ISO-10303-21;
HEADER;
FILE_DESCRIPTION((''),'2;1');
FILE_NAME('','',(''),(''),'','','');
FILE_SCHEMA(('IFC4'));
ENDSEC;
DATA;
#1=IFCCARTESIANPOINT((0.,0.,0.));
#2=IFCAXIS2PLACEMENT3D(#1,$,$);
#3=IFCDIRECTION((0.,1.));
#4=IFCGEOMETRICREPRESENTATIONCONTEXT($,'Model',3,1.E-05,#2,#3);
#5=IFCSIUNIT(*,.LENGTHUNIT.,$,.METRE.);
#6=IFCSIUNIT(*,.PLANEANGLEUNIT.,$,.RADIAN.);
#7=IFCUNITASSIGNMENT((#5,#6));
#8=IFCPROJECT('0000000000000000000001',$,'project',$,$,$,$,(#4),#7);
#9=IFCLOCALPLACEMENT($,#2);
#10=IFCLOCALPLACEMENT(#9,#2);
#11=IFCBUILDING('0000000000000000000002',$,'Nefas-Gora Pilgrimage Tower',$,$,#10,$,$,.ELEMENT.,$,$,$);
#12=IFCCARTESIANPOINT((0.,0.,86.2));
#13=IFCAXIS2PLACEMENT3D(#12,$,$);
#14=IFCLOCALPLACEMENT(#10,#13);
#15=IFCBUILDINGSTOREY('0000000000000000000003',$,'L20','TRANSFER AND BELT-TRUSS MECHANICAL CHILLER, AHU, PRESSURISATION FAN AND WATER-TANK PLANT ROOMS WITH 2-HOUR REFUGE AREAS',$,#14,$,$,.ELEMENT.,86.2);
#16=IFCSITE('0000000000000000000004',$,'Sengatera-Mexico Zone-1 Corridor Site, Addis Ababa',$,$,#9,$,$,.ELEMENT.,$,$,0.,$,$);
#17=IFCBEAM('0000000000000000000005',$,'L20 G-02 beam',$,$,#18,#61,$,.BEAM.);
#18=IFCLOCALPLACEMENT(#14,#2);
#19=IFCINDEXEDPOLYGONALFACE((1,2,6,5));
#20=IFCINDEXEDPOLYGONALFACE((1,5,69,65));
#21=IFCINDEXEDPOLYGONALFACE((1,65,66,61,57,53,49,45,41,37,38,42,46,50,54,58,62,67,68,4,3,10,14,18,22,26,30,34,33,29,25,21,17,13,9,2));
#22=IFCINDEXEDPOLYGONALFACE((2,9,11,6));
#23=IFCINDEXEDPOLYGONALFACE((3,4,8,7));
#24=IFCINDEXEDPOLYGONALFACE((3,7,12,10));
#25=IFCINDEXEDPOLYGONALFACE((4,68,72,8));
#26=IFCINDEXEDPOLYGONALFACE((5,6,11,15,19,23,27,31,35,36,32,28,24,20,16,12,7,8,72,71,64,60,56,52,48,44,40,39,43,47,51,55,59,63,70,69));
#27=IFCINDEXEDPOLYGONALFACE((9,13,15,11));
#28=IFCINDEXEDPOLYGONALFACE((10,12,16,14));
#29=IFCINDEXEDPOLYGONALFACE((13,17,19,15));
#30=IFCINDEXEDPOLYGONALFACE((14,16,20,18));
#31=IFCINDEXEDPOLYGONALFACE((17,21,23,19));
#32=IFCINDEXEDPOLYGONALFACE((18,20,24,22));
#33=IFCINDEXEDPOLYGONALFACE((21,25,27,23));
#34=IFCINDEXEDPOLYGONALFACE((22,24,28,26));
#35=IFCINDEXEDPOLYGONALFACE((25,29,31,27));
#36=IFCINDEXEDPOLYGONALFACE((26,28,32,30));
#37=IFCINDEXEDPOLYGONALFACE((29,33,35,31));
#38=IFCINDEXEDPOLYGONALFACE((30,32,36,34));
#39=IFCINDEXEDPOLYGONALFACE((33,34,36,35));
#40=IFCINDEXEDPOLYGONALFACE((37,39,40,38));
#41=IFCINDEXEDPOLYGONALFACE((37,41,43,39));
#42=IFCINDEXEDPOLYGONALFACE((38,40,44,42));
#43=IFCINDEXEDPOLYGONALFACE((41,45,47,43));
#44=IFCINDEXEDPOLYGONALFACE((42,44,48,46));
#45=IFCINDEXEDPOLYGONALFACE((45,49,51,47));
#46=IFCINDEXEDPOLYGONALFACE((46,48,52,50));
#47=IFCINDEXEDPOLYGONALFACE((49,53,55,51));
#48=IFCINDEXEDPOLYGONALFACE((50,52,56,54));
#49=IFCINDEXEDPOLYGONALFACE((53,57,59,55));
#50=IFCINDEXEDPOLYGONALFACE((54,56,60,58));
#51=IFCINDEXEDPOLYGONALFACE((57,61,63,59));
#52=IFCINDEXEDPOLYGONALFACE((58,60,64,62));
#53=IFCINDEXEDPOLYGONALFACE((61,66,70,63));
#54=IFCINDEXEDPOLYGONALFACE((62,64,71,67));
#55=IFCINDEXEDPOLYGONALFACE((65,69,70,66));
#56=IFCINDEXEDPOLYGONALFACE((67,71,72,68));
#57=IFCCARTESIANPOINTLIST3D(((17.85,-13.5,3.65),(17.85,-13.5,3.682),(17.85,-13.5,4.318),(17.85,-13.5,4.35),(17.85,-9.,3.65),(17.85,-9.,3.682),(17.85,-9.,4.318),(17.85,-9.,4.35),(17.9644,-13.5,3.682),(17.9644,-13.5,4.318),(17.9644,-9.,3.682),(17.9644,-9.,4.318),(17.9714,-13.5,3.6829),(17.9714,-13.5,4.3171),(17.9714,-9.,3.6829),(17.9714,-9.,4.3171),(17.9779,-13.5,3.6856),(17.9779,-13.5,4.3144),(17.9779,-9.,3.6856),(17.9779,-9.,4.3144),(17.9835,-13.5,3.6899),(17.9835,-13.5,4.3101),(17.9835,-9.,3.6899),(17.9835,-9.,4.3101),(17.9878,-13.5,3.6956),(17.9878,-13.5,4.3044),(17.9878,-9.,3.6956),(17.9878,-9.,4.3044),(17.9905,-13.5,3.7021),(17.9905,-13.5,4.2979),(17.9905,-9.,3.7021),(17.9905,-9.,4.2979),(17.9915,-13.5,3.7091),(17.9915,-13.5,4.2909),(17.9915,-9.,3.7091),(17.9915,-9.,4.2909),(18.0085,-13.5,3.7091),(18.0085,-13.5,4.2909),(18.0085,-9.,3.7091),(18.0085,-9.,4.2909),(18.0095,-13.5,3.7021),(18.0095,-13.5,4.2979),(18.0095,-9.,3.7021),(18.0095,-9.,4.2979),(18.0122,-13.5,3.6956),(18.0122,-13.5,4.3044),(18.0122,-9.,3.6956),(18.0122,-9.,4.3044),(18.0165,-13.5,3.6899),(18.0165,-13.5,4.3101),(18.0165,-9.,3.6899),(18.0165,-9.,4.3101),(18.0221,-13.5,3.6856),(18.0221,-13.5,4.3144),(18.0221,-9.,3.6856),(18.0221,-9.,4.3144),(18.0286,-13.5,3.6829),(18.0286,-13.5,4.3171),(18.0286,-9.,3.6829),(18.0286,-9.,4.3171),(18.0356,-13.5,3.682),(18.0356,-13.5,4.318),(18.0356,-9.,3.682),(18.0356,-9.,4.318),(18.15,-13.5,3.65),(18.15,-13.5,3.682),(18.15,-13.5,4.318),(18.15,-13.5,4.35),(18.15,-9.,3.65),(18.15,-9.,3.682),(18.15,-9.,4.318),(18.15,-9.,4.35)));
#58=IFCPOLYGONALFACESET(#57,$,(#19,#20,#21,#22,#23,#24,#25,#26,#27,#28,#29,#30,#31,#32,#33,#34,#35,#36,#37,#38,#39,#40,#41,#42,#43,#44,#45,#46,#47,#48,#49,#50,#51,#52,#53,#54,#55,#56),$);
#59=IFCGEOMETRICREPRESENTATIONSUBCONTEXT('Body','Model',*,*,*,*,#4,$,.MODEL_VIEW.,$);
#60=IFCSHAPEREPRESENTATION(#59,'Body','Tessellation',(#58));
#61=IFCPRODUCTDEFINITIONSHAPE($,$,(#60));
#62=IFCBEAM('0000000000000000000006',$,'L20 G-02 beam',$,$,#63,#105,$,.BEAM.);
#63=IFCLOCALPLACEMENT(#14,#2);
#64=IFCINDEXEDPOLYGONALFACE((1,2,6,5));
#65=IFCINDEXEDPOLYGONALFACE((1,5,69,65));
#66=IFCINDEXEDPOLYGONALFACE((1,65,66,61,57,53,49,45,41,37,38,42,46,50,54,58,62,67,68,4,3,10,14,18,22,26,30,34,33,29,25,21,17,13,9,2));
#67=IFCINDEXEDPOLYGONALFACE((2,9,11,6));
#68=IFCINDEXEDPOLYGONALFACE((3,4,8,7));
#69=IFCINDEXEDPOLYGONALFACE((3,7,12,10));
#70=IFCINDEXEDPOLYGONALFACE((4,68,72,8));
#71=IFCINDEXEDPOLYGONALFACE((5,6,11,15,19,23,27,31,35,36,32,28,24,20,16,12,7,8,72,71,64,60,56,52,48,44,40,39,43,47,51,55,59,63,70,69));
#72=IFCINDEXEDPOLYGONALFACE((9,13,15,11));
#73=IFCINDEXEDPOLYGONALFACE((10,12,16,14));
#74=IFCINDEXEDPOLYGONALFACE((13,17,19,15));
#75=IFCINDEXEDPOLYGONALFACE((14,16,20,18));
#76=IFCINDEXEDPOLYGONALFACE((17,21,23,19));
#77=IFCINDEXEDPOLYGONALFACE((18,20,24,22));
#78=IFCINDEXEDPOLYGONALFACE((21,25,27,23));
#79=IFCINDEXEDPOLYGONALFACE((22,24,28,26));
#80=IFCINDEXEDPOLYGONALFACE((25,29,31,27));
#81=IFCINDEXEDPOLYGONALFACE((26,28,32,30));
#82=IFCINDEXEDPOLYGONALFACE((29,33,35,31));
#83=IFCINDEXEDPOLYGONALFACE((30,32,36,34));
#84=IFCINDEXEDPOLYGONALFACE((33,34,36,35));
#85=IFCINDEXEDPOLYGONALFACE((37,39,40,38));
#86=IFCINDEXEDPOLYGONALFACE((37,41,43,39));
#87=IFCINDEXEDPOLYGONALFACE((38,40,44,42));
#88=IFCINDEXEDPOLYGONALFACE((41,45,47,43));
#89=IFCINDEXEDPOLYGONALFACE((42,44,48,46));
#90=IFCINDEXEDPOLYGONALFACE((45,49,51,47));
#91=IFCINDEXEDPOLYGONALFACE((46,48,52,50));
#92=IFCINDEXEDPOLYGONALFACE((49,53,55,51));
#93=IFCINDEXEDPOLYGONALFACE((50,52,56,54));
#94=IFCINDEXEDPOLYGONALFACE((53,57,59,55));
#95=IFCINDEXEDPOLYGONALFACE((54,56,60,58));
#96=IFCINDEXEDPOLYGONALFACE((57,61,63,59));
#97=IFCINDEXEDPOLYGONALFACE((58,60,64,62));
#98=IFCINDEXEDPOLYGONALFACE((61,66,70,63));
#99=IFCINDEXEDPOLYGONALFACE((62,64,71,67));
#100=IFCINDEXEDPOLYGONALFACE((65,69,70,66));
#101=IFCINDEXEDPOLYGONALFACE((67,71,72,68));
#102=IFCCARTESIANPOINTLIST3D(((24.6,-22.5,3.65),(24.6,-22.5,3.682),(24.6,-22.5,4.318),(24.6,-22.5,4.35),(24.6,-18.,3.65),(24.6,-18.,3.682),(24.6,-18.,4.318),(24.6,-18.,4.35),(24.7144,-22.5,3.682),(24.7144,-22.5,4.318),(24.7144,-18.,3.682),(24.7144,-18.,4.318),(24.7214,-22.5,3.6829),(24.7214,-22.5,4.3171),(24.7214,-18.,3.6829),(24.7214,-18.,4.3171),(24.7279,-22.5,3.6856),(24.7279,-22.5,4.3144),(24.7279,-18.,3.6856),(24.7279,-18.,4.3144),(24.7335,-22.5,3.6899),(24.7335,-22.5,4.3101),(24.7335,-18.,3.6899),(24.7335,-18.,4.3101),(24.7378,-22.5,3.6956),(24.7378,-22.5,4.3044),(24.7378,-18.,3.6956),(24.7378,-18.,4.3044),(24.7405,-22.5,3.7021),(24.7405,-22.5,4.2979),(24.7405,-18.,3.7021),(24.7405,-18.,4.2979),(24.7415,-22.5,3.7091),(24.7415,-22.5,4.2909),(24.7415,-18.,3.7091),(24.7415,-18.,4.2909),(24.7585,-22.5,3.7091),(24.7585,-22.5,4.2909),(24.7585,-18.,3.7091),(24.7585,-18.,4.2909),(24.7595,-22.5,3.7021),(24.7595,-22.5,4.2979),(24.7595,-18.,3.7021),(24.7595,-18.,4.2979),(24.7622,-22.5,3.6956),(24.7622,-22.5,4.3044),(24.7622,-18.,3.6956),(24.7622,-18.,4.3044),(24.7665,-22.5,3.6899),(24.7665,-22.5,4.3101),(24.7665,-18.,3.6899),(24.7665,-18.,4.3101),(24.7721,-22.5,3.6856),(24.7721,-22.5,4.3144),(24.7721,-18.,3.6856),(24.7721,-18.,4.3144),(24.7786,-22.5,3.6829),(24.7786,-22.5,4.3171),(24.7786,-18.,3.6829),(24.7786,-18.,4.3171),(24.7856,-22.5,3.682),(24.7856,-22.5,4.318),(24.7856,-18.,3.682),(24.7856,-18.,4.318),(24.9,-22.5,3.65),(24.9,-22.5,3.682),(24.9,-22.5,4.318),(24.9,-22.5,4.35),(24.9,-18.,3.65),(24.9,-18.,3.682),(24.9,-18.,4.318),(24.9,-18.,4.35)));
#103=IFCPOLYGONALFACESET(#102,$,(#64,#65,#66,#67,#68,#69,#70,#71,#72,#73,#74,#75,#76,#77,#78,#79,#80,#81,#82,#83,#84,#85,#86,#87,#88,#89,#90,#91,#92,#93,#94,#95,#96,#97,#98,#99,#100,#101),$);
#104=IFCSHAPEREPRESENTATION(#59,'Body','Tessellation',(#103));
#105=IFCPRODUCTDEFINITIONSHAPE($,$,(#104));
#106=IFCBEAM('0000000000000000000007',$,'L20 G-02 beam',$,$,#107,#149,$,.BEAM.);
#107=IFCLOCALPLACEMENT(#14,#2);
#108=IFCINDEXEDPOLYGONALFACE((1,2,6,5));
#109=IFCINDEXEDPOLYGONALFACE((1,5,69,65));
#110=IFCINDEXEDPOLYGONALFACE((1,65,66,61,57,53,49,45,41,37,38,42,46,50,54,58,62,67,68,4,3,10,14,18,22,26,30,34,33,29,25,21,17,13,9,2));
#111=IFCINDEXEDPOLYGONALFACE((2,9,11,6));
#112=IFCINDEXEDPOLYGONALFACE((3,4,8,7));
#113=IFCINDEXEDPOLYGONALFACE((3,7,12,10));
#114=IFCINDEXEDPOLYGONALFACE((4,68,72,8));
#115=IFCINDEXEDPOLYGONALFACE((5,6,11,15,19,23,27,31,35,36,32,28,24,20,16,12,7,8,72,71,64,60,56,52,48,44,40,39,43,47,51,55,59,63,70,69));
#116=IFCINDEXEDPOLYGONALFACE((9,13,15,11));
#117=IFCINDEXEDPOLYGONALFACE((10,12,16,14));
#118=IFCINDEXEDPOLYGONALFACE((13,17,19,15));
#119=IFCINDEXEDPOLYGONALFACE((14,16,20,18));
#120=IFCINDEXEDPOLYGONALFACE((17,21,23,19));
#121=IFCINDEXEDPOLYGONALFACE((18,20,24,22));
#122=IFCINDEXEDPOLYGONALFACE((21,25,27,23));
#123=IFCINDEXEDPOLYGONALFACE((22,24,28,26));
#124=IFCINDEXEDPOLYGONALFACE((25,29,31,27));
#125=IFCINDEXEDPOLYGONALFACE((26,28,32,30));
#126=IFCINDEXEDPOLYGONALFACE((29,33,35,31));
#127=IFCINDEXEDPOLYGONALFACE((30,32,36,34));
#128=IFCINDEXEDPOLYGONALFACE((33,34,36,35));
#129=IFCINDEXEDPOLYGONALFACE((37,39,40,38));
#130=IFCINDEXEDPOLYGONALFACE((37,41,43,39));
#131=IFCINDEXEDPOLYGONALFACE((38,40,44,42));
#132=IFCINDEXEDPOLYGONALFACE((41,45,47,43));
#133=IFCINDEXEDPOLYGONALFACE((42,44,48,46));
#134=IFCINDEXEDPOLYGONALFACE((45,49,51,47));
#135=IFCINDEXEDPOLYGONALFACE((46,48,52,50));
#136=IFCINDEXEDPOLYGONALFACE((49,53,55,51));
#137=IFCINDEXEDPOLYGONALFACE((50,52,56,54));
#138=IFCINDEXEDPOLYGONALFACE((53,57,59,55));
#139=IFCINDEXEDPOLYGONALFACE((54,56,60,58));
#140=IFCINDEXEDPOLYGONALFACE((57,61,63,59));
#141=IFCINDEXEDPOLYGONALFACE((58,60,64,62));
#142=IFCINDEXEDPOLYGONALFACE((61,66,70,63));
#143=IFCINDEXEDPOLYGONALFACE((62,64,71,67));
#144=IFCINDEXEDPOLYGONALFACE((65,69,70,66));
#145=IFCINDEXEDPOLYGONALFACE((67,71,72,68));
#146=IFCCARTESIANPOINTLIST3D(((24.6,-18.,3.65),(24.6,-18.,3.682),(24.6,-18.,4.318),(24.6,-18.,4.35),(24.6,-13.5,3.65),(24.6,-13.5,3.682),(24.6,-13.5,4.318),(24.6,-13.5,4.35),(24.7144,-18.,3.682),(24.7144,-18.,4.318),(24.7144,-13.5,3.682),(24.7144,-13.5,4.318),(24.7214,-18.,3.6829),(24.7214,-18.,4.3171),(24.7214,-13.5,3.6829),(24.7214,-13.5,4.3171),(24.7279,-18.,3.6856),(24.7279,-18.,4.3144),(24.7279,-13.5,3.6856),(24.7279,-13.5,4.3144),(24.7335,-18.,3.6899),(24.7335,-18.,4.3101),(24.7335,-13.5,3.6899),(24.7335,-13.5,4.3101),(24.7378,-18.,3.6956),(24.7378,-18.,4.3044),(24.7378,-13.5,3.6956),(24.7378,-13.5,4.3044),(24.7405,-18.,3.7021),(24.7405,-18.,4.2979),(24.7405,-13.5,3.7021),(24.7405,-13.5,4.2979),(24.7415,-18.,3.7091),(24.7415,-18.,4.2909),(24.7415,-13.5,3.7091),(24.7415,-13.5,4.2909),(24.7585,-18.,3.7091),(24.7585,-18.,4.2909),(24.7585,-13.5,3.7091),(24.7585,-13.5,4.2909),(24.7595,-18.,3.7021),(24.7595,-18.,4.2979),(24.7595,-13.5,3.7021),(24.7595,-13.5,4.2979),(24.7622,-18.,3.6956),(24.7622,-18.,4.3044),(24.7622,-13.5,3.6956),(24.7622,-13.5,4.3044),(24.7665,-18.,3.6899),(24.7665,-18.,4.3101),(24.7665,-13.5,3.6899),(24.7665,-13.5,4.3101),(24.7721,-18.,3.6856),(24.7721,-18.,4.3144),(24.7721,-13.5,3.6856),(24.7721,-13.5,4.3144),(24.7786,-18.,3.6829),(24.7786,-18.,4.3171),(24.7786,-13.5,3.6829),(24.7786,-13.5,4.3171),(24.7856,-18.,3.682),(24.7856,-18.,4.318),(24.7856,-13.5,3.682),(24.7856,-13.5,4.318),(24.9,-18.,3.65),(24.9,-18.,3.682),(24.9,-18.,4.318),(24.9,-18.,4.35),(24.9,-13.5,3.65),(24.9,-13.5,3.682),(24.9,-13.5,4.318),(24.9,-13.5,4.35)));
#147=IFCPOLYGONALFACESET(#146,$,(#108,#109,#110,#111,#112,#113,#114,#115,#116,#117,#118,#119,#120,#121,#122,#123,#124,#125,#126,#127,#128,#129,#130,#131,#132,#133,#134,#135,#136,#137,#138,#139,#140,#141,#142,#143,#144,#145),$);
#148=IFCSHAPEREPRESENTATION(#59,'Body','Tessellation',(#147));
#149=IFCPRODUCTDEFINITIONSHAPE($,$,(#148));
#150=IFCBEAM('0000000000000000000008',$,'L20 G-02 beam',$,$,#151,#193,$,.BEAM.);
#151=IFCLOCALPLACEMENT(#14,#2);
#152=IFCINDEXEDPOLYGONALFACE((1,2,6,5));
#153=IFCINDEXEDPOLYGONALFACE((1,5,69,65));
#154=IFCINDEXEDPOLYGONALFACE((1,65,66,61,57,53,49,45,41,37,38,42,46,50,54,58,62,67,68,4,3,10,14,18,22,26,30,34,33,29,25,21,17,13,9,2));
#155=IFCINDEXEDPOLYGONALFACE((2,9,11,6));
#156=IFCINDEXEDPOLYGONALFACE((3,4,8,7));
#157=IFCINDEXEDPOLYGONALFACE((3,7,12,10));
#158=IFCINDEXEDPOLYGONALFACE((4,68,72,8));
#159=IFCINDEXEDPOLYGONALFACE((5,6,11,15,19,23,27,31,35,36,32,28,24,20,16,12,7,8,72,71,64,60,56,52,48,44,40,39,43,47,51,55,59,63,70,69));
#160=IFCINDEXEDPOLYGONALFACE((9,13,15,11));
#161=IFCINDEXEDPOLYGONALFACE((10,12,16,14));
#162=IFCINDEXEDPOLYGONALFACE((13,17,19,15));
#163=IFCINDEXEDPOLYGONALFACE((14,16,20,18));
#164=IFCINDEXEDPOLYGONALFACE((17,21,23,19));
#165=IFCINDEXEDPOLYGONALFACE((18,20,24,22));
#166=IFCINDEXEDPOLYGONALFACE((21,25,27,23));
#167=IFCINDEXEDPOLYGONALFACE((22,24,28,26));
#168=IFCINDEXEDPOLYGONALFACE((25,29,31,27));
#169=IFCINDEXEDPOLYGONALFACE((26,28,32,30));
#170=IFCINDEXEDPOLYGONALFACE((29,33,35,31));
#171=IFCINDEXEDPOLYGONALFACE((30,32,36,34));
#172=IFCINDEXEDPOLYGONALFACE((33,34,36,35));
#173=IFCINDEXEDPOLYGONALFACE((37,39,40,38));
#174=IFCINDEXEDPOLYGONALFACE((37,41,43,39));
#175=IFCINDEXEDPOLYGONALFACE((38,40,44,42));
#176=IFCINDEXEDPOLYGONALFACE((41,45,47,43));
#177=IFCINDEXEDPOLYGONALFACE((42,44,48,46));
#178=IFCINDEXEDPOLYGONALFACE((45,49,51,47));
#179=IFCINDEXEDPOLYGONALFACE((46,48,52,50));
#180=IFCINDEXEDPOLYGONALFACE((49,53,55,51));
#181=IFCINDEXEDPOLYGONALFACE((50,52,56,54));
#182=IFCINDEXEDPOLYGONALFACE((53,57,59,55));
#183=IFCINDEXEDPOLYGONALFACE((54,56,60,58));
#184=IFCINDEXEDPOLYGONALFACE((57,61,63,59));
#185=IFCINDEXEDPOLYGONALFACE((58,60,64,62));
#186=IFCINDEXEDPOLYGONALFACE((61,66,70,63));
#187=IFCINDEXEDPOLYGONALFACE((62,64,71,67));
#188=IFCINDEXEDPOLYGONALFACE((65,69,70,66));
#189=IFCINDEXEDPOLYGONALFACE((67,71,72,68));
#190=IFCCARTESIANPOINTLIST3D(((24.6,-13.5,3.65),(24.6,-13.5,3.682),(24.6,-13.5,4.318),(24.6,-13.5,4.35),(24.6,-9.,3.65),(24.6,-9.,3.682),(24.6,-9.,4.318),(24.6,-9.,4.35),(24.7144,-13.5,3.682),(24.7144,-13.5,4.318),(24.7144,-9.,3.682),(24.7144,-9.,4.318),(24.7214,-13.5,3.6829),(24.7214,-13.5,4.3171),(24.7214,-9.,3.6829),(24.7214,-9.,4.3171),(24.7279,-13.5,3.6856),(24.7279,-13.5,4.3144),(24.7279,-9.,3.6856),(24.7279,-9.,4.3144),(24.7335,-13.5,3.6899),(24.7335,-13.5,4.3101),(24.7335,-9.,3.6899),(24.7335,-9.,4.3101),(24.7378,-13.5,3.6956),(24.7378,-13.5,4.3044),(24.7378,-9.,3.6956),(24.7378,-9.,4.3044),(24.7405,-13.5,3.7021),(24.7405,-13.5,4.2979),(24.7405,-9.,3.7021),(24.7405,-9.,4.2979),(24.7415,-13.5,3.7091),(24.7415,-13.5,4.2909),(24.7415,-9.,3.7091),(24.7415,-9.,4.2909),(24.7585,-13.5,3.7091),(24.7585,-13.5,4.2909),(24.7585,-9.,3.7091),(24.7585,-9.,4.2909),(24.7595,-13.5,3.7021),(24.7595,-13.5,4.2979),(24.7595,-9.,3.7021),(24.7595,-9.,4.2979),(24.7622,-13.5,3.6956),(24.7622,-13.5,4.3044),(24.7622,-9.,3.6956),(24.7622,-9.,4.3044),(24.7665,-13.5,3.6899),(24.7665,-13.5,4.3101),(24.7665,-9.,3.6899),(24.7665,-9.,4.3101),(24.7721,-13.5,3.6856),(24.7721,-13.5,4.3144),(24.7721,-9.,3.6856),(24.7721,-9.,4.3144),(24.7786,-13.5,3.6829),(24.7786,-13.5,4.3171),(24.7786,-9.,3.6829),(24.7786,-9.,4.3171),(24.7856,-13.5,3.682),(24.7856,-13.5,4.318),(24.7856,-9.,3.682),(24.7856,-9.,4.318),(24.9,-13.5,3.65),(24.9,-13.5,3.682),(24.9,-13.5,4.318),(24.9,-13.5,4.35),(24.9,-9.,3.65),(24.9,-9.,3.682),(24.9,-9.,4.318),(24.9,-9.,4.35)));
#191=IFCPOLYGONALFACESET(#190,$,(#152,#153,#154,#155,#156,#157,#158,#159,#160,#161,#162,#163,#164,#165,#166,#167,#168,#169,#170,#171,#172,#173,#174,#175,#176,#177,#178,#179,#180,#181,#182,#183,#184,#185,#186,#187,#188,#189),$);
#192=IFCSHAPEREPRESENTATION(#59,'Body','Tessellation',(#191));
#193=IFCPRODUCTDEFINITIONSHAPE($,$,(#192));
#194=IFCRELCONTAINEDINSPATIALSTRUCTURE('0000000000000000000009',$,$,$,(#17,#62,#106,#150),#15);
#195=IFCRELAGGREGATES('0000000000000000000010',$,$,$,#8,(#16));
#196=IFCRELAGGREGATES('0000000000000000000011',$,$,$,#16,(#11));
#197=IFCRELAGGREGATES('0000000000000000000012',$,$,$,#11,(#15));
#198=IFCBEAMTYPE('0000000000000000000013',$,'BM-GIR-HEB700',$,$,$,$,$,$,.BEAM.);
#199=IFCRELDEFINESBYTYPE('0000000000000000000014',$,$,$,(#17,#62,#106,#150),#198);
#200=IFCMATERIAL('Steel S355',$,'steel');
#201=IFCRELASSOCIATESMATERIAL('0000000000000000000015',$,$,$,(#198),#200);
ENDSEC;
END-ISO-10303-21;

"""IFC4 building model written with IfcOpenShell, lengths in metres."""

from ifc_helpers import new_model, si_unit, direction, frame, origin, origin_2d, place, context, subcontext, project, spatial, i_section, extrude, source, transform, mapped, material, material_profile, profile_set, type_object, element, save


model = new_model("IFC4")

# Units and contexts
model_context = context("Model", 3, precision=1e-05, world=origin(), true_north=direction((0.0, 1.0)))
body_context = subcontext(model_context, "Body", "Model", "MODEL_VIEW")
ifc_project = project(units=[si_unit("LENGTHUNIT", "METRE"), si_unit("PLANEANGLEUNIT", "RADIAN")], contexts=[model_context])

# Site, building, storey
site_placement = place(None, origin())
site = spatial("IfcSite", under=ifc_project, at=site_placement, Name="Sengatera-Mexico Zone-1 Corridor Site, Addis Ababa", CompositionType="ELEMENT", RefElevation=0.0)
building_placement = place(site_placement, origin())
building = spatial("IfcBuilding", under=site, at=building_placement, Name="Nefas-Gora Pilgrimage Tower", CompositionType="ELEMENT")
storey_placement = place(building_placement, frame((0.0, 0.0, 86.2)))
storey = spatial("IfcBuildingStorey", under=building, at=storey_placement, Name="L20", Description="TRANSFER AND BELT-TRUSS MECHANICAL CHILLER, AHU, PRESSURISATION FAN AND WATER-TANK PLANT ROOMS WITH 2-HOUR REFUGE AREAS", CompositionType="ELEMENT", Elevation=86.2)

# Beams
ifc_material_1 = material(Name="Steel S355", Category="steel")
ifc_material_profile_1 = material_profile(ifc_material_1, i_section(OverallWidth=0.3, OverallDepth=0.7, WebThickness=0.0171, FlangeThickness=0.032, FilletRadius=0.0271, at=origin_2d()), Name="HEB 700")
ifc_profile_set_1 = profile_set([ifc_material_profile_1], Name="Steel S355")
beam_type_1 = type_object("IfcBeamType", Name="BM-GIR-HEB700", PredefinedType="BEAM", material=ifc_profile_set_1)
shared_shape_1 = source(origin(), body_context, "Body", "SweptSolid", [
    extrude(i_section(OverallWidth=0.3, OverallDepth=0.7, WebThickness=0.0171, FlangeThickness=0.032, FilletRadius=0.0271, at=origin_2d()), origin(), (0.0, 0.0, 1.0), 4.5),
])
for number, where, z_axis, x_axis, name in (
    (1, (18.0, -13.5, 4.0), (0.0, 1.0, 0.0), (-1.0, 0.0, 0.0), "L20 G-02 beam"),
    (2, (24.75, -22.5, 4.0), (0.0, 1.0, 0.0), (-1.0, 0.0, 0.0), "L20 G-02 beam"),
    (3, (24.75, -18.0, 4.0), (0.0, 1.0, 0.0), (-1.0, 0.0, 0.0), "L20 G-02 beam"),
    (4, (24.75, -13.5, 4.0), (0.0, 1.0, 0.0), (-1.0, 0.0, 0.0), "L20 G-02 beam"),
):
    element("IfcBeam", number, at=place(storey_placement, frame(where, z_axis=z_axis, x_axis=x_axis)), inside=storey, type_object=beam_type_1, Name=name, PredefinedType="BEAM", context=body_context, shape_type="MappedRepresentation", body=[
        mapped(shared_shape_1, transform((0.0, 0.0, 0.0), x_axis=(1.0, 0.0, 0.0), y_axis=(0.0, 1.0, 0.0), z_axis=(0.0, 0.0, 1.0), scale=1.0)),
    ])

save(model, "model.ifc")
